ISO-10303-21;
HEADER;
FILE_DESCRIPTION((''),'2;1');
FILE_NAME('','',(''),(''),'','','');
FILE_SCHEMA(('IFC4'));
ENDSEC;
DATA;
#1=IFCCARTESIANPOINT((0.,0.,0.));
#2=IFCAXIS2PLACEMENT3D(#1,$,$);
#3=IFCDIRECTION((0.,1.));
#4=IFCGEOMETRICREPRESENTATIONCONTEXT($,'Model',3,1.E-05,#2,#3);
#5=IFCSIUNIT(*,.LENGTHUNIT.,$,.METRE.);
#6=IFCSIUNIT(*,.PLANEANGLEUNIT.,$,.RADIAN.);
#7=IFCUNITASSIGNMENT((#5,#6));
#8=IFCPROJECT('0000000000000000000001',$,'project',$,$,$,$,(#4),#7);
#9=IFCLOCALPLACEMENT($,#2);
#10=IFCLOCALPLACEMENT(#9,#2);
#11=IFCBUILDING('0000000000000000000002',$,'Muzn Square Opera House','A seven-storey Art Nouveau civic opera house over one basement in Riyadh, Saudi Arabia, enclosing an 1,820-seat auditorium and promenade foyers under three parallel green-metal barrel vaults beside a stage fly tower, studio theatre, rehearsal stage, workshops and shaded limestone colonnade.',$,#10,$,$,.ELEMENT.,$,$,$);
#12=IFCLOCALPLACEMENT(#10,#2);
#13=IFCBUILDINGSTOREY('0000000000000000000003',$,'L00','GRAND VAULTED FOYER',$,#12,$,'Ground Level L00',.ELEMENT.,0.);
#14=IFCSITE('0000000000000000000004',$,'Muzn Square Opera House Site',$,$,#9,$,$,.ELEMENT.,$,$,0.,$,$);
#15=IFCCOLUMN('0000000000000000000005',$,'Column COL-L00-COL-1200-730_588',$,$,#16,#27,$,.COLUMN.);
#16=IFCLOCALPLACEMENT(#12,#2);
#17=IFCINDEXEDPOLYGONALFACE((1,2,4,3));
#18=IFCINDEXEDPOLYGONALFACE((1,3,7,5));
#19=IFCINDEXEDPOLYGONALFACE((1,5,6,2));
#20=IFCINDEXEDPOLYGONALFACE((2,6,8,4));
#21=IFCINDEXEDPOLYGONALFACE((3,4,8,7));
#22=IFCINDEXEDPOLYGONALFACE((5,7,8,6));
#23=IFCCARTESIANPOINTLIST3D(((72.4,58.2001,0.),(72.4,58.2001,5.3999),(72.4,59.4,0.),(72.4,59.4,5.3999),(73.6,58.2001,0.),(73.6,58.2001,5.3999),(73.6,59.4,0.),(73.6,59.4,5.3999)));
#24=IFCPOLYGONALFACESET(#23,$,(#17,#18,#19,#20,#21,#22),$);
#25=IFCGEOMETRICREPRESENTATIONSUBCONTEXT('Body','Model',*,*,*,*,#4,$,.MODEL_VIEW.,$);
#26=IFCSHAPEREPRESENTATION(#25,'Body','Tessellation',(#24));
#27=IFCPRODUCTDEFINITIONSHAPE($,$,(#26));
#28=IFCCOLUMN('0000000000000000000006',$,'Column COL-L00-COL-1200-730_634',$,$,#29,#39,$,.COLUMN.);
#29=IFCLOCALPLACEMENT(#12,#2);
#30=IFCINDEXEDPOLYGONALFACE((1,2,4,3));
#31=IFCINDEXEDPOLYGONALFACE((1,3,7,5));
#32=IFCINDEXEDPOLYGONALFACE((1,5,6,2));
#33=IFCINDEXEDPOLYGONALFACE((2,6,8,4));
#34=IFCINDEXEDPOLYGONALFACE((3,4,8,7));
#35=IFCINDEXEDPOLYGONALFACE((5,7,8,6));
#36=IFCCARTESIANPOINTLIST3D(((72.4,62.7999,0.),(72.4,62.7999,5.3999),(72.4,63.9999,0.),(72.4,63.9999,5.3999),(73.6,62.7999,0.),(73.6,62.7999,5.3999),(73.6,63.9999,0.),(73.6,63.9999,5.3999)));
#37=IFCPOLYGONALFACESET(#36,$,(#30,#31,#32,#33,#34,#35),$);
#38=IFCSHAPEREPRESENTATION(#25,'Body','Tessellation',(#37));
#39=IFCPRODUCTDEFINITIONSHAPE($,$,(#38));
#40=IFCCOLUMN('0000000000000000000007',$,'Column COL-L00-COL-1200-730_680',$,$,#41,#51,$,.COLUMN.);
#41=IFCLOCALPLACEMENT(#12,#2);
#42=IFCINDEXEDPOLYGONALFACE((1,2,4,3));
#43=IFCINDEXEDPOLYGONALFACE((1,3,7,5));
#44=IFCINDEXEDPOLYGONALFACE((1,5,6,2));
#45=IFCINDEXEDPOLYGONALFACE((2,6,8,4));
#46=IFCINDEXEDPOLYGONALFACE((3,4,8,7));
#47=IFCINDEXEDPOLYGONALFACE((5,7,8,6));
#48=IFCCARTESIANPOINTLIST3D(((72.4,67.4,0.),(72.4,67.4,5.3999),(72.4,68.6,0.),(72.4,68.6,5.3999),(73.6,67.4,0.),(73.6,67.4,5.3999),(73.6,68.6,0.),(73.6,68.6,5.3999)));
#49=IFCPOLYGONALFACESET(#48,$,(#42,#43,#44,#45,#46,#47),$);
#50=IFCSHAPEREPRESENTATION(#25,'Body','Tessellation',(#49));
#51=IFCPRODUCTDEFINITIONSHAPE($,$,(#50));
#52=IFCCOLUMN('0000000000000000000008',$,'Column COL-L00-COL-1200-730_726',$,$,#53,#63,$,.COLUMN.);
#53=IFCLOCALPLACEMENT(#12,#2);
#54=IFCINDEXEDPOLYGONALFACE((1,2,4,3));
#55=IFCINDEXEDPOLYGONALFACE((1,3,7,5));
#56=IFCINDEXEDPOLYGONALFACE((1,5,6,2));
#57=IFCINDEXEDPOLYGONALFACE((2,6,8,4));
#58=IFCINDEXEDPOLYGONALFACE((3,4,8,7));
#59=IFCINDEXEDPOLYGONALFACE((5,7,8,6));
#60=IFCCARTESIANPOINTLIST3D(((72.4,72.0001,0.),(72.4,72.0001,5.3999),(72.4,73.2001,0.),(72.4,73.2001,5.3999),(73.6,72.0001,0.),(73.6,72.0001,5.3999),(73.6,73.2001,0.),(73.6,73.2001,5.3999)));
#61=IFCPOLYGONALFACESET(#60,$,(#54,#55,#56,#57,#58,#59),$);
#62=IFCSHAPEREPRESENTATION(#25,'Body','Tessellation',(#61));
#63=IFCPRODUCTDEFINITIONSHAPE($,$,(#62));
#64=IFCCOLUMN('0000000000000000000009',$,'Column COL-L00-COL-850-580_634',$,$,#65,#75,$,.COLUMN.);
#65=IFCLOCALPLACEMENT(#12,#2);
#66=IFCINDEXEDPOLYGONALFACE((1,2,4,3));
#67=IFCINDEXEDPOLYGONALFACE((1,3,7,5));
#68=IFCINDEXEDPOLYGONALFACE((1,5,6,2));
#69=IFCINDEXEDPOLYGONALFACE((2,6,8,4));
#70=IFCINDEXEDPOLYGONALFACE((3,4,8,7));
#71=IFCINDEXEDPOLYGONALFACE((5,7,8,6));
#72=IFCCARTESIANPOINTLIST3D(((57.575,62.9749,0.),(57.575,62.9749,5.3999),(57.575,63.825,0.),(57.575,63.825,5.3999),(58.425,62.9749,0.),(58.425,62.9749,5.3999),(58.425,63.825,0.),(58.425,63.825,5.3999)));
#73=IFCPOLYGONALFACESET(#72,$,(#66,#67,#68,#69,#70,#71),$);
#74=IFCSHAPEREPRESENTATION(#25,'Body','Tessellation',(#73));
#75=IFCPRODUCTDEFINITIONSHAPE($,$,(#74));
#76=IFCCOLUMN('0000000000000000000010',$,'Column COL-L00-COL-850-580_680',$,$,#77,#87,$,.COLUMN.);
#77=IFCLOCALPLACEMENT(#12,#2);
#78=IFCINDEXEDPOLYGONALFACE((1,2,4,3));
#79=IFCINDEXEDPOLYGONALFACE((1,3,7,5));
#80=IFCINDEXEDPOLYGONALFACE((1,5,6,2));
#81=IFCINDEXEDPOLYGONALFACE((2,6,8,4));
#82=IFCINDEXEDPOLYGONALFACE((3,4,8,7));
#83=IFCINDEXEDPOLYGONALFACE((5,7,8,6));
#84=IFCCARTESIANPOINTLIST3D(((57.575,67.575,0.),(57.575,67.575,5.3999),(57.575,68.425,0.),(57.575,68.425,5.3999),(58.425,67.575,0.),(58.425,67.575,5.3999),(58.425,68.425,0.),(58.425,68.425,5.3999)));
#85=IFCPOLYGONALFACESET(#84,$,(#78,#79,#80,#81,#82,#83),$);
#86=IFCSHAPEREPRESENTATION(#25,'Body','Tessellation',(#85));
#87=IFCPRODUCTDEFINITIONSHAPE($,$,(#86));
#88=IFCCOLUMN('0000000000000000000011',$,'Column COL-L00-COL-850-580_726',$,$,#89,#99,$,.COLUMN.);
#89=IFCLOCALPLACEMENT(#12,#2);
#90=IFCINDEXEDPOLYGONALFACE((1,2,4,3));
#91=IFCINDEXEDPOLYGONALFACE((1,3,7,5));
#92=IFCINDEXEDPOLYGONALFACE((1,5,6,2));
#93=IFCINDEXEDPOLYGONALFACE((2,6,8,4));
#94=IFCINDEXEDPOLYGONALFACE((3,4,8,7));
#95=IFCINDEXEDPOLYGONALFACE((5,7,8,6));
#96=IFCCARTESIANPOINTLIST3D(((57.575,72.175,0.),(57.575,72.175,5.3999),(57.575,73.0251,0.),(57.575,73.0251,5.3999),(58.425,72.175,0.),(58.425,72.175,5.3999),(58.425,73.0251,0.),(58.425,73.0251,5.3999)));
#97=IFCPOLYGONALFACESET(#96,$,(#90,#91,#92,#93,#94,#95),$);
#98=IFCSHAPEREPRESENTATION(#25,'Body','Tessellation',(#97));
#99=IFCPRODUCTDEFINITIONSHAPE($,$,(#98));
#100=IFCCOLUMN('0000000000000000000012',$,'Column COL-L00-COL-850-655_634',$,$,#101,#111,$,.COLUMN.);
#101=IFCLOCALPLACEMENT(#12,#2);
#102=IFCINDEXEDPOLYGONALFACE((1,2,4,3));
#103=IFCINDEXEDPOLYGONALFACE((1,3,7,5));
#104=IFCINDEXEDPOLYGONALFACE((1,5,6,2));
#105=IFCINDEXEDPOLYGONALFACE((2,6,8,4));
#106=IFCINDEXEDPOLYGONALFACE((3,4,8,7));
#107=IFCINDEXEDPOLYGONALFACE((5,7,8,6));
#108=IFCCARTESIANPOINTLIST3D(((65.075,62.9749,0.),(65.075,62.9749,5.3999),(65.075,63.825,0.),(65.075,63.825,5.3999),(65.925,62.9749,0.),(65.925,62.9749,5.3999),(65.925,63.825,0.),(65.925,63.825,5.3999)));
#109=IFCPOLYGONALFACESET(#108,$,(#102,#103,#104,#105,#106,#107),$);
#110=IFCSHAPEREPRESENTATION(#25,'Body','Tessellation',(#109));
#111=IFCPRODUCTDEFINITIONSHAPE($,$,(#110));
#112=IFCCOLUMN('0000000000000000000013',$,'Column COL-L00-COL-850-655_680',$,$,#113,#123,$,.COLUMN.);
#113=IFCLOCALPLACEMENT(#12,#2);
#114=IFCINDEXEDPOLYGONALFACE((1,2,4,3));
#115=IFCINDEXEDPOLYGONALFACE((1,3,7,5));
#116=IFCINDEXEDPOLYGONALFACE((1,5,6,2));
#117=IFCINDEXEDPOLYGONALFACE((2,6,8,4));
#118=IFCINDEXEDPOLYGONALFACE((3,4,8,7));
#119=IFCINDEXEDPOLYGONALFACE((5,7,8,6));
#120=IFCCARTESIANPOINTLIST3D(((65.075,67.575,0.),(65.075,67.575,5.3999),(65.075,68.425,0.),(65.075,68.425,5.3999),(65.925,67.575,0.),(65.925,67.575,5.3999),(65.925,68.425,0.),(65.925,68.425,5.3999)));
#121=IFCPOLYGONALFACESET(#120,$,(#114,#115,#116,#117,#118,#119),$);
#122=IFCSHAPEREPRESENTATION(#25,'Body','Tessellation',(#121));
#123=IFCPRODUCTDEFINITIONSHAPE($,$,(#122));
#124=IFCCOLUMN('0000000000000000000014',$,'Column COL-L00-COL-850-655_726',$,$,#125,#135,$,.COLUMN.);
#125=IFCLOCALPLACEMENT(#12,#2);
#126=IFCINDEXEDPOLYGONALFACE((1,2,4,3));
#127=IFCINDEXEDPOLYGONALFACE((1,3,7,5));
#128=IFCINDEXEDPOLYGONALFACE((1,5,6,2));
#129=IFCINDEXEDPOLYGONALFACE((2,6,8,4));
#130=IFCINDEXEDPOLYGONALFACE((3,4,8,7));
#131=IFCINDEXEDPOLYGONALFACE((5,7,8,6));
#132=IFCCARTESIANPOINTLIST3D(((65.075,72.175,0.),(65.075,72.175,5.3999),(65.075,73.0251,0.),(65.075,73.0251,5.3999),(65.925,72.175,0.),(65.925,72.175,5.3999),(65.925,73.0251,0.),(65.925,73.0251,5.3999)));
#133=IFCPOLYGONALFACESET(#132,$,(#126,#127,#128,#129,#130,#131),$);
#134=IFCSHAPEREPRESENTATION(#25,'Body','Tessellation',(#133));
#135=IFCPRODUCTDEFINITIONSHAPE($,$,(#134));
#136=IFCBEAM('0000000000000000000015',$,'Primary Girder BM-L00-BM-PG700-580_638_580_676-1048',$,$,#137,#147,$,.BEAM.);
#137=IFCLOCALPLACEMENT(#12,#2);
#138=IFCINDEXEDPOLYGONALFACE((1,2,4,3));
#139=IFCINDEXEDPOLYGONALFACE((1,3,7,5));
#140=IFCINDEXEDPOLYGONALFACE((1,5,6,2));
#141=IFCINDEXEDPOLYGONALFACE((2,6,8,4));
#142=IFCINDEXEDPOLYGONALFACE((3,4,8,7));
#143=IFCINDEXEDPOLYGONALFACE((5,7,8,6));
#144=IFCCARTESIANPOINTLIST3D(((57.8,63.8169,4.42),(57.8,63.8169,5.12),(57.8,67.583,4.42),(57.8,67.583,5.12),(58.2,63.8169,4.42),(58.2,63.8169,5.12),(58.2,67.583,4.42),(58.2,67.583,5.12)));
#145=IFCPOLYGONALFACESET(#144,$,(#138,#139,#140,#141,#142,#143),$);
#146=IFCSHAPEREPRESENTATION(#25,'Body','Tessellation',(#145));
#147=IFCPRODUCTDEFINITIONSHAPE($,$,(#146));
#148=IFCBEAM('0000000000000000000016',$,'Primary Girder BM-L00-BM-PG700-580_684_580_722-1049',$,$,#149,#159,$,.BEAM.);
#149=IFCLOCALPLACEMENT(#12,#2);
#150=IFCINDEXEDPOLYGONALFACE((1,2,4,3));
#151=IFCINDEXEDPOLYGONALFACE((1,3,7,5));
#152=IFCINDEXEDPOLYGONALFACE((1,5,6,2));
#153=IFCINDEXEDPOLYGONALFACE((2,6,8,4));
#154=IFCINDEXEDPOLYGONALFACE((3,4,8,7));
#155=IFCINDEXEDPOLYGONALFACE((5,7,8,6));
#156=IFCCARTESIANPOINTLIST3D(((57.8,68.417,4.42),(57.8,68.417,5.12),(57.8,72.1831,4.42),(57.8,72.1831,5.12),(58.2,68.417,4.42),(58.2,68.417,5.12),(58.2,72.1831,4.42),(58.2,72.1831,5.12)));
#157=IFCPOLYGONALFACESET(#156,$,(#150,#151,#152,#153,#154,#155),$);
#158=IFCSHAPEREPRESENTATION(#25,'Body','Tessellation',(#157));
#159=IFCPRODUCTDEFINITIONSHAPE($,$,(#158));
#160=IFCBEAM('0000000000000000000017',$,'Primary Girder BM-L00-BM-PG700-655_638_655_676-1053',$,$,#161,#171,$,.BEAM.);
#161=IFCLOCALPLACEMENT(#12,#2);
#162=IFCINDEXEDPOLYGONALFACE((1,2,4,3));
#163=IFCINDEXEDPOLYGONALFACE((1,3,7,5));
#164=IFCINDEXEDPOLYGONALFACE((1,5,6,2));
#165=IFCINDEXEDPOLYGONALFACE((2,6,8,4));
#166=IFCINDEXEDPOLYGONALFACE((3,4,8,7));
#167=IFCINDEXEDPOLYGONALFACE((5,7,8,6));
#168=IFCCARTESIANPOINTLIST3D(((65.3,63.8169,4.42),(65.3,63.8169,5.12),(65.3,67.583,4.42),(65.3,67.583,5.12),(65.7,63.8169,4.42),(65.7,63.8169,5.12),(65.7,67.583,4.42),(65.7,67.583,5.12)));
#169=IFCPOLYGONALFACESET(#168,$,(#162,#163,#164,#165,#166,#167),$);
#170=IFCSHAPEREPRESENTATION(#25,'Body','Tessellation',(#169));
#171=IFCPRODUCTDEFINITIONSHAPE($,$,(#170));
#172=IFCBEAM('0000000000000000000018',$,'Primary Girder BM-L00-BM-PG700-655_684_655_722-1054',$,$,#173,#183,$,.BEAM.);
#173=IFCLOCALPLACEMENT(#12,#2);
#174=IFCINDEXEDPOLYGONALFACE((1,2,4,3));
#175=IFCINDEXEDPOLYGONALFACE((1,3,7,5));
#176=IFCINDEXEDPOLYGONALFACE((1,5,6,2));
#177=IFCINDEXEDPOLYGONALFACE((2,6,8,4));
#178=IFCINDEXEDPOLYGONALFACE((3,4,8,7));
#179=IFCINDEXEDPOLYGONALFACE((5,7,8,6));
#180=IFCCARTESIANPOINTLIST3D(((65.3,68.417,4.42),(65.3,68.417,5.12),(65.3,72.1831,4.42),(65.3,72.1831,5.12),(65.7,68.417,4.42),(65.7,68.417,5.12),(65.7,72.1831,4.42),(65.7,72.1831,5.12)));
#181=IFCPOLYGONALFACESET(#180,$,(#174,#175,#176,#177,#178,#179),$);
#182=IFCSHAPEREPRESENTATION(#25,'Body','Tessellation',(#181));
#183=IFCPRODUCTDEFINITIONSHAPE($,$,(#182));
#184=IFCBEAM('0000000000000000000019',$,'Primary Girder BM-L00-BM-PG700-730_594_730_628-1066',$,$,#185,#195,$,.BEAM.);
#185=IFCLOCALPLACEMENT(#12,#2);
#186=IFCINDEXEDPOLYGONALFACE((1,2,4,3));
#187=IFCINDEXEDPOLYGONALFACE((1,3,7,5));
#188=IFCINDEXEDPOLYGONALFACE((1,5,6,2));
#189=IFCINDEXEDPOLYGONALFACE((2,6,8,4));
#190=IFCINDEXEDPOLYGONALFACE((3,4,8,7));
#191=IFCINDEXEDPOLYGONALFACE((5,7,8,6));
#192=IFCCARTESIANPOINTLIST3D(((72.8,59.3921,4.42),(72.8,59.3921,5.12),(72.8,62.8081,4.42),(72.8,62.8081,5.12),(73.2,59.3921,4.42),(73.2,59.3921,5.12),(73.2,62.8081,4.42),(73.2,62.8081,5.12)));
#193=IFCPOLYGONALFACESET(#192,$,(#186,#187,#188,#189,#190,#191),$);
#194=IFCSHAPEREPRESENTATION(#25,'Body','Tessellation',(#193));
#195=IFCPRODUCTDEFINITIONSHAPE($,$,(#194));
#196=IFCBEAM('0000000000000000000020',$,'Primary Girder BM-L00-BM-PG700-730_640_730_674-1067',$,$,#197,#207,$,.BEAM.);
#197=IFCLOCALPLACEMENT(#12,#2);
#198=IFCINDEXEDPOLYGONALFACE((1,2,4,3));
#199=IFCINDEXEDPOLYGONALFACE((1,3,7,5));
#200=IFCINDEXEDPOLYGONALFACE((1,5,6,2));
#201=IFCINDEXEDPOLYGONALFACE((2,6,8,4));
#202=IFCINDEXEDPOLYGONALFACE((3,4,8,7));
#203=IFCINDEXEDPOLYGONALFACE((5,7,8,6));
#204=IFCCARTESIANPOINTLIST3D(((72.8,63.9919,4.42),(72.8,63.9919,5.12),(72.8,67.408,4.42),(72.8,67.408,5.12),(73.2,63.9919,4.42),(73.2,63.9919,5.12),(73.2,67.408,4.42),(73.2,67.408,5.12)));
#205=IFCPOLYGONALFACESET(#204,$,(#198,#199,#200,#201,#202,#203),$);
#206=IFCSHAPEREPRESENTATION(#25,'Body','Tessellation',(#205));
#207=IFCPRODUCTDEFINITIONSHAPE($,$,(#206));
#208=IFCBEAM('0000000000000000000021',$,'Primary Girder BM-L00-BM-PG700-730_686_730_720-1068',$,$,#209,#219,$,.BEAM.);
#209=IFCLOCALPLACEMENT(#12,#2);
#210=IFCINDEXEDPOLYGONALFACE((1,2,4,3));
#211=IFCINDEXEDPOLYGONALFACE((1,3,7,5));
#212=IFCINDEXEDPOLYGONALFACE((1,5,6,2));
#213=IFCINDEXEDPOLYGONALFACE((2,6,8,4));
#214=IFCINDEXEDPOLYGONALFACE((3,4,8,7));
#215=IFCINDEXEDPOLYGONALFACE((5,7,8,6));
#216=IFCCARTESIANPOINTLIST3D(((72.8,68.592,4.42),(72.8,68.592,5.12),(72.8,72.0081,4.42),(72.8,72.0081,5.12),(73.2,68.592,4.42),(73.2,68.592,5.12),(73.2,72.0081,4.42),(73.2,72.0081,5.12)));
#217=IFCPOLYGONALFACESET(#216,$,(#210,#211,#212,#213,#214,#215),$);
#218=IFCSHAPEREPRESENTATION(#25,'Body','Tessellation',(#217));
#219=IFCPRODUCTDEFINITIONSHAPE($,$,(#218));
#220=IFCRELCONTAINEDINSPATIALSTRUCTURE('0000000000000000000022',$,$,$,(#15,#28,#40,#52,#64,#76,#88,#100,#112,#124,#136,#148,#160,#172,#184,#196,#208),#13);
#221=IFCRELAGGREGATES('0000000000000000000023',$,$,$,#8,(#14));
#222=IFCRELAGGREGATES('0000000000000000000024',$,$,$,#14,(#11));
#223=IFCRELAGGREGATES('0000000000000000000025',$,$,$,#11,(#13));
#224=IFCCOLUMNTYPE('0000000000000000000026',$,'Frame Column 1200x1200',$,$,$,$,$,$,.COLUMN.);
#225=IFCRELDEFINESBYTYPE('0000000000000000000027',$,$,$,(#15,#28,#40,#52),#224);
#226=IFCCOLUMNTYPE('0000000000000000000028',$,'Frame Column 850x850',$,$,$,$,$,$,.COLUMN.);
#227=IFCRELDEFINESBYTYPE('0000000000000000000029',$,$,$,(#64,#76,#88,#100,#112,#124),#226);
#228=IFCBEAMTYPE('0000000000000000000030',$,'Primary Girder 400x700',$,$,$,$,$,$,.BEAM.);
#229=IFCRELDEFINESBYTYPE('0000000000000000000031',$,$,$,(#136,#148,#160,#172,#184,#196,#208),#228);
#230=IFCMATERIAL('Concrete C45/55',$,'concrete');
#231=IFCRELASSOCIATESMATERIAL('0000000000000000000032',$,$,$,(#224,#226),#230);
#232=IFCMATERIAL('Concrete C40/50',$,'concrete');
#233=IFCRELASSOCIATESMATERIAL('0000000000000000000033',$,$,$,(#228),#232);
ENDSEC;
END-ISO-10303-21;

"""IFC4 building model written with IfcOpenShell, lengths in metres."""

from ifc_helpers import new_model, si_unit, direction, frame, origin, origin_2d, place, context, subcontext, project, spatial, rectangle, extrude, material, material_profile, profile_set, type_object, element, save


model = new_model("IFC4")

# Units and contexts
model_context = context("Model", 3, precision=1e-05, world=origin(), true_north=direction((0.0, 1.0)))
body_context = subcontext(model_context, "Body", "Model", "MODEL_VIEW")
ifc_project = project(units=[si_unit("LENGTHUNIT", "METRE"), si_unit("PLANEANGLEUNIT", "RADIAN")], contexts=[model_context])

# Site, building, storey
site_placement = place(None, origin())
site = spatial("IfcSite", under=ifc_project, at=site_placement, Name="Muzn Square Opera House Site", CompositionType="ELEMENT", RefElevation=0.0)
building_placement = place(site_placement, origin())
building = spatial("IfcBuilding", under=site, at=building_placement, Name="Muzn Square Opera House", Description="A seven-storey Art Nouveau civic opera house over one basement in Riyadh, Saudi Arabia, enclosing an 1,820-seat auditorium and promenade foyers under three parallel green-metal barrel vaults beside a stage fly tower, studio theatre, rehearsal stage, workshops and shaded limestone colonnade.", CompositionType="ELEMENT")
storey_placement = place(building_placement, origin())
storey = spatial("IfcBuildingStorey", under=building, at=storey_placement, Name="L00", Description="GRAND VAULTED FOYER", LongName="Ground Level L00", CompositionType="ELEMENT", Elevation=0.0)

# Columns
ifc_material_1 = material(Name="Concrete C45/55", Category="concrete")
ifc_material_profile_1 = material_profile(ifc_material_1, rectangle(XDim=1.2, YDim=1.2, at=origin_2d()), Name="RC 1200x1200", Category="concrete")
ifc_profile_set_1 = profile_set([ifc_material_profile_1], Name="Concrete C45/55")
column_type_1 = type_object("IfcColumnType", Name="Frame Column 1200x1200", PredefinedType="COLUMN", material=ifc_profile_set_1)
for number, where, z_axis, x_axis, name in (
    (1, (73.0, 58.8, 0.0), (0.0, 0.0, 1.0), (1.0, 0.0, 0.0), "Column COL-L00-COL-1200-730_588"),
    (2, (73.0, 63.3999, 0.0), (0.0, 0.0, 1.0), (1.0, 0.0, 0.0), "Column COL-L00-COL-1200-730_634"),
    (3, (73.0, 68.0, 0.0), (0.0, 0.0, 1.0), (1.0, 0.0, 0.0), "Column COL-L00-COL-1200-730_680"),
    (4, (73.0, 72.6001, 0.0), (0.0, 0.0, 1.0), (1.0, 0.0, 0.0), "Column COL-L00-COL-1200-730_726"),
):
    element("IfcColumn", number, at=place(storey_placement, frame(where, z_axis=z_axis, x_axis=x_axis)), inside=storey, type_object=column_type_1, Name=name, PredefinedType="COLUMN", context=body_context, shape_type="SweptSolid", body=[
        extrude(rectangle(XDim=1.2, YDim=1.2, at=origin_2d()), origin(), (0.0, 0.0, 1.0), 5.3999),
    ])
ifc_material_profile_2 = material_profile(ifc_material_1, rectangle(XDim=0.8501, YDim=0.8501, at=origin_2d()), Name="RC 850x850", Category="concrete")
ifc_profile_set_2 = profile_set([ifc_material_profile_2], Name="Concrete C45/55")
column_type_2 = type_object("IfcColumnType", Name="Frame Column 850x850", PredefinedType="COLUMN", material=ifc_profile_set_2)
for number, where, z_axis, x_axis, name in (
    (5, (58.0, 63.3999, 0.0), (0.0, 0.0, 1.0), (1.0, 0.0, 0.0), "Column COL-L00-COL-850-580_634"),
    (6, (58.0, 68.0, 0.0), (0.0, 0.0, 1.0), (1.0, 0.0, 0.0), "Column COL-L00-COL-850-580_680"),
    (7, (58.0, 72.6001, 0.0), (0.0, 0.0, 1.0), (1.0, 0.0, 0.0), "Column COL-L00-COL-850-580_726"),
    (8, (65.5, 63.3999, 0.0), (0.0, 0.0, 1.0), (1.0, 0.0, 0.0), "Column COL-L00-COL-850-655_634"),
    (9, (65.5, 68.0, 0.0), (0.0, 0.0, 1.0), (1.0, 0.0, 0.0), "Column COL-L00-COL-850-655_680"),
    (10, (65.5, 72.6001, 0.0), (0.0, 0.0, 1.0), (1.0, 0.0, 0.0), "Column COL-L00-COL-850-655_726"),
):
    element("IfcColumn", number, at=place(storey_placement, frame(where, z_axis=z_axis, x_axis=x_axis)), inside=storey, type_object=column_type_2, Name=name, PredefinedType="COLUMN", context=body_context, shape_type="SweptSolid", body=[
        extrude(rectangle(XDim=0.8501, YDim=0.8501, at=origin_2d()), origin(), (0.0, 0.0, 1.0), 5.3999),
    ])

# Beams
ifc_material_2 = material(Name="Concrete C40/50", Category="concrete")
ifc_material_profile_3 = material_profile(ifc_material_2, rectangle(XDim=0.3999, YDim=0.7, at=origin_2d()), Name="RCB 400x700", Category="concrete")
ifc_profile_set_3 = profile_set([ifc_material_profile_3], Name="Concrete C40/50")
beam_type_1 = type_object("IfcBeamType", Name="Primary Girder 400x700", PredefinedType="BEAM", material=ifc_profile_set_3)
for number, where, z_axis, x_axis, name in (
    (11, (58.0, 63.8169, 4.77), (0.0, 1.0, 0.0), (-1.0, 0.0, 0.0), "Primary Girder BM-L00-BM-PG700-580_638_580_676-1048"),
    (12, (58.0, 68.417, 4.77), (0.0, 1.0, 0.0), (-1.0, 0.0, 0.0), "Primary Girder BM-L00-BM-PG700-580_684_580_722-1049"),
    (13, (65.5, 63.8169, 4.77), (0.0, 1.0, 0.0), (-1.0, 0.0, 0.0), "Primary Girder BM-L00-BM-PG700-655_638_655_676-1053"),
    (14, (65.5, 68.417, 4.77), (0.0, 1.0, 0.0), (-1.0, 0.0, 0.0), "Primary Girder BM-L00-BM-PG700-655_684_655_722-1054"),
):
    element("IfcBeam", number, at=place(storey_placement, frame(where, z_axis=z_axis, x_axis=x_axis)), inside=storey, type_object=beam_type_1, Name=name, PredefinedType="BEAM", context=body_context, shape_type="SweptSolid", body=[
        extrude(rectangle(XDim=0.3999, YDim=0.7, at=origin_2d()), origin(), (0.0, 0.0, 1.0), 3.7661),
    ])
for number, where, z_axis, x_axis, name in (
    (15, (73.0, 59.3921, 4.77), (0.0, 1.0, 0.0), (-1.0, 0.0, 0.0), "Primary Girder BM-L00-BM-PG700-730_594_730_628-1066"),
    (16, (73.0, 63.9919, 4.77), (0.0, 1.0, 0.0), (-1.0, 0.0, 0.0), "Primary Girder BM-L00-BM-PG700-730_640_730_674-1067"),
    (17, (73.0, 68.592, 4.77), (0.0, 1.0, 0.0), (-1.0, 0.0, 0.0), "Primary Girder BM-L00-BM-PG700-730_686_730_720-1068"),
):
    element("IfcBeam", number, at=place(storey_placement, frame(where, z_axis=z_axis, x_axis=x_axis)), inside=storey, type_object=beam_type_1, Name=name, PredefinedType="BEAM", context=body_context, shape_type="SweptSolid", body=[
        extrude(rectangle(XDim=0.3999, YDim=0.7, at=origin_2d()), origin(), (0.0, 0.0, 1.0), 3.416),
    ])

save(model, "model.ifc")
